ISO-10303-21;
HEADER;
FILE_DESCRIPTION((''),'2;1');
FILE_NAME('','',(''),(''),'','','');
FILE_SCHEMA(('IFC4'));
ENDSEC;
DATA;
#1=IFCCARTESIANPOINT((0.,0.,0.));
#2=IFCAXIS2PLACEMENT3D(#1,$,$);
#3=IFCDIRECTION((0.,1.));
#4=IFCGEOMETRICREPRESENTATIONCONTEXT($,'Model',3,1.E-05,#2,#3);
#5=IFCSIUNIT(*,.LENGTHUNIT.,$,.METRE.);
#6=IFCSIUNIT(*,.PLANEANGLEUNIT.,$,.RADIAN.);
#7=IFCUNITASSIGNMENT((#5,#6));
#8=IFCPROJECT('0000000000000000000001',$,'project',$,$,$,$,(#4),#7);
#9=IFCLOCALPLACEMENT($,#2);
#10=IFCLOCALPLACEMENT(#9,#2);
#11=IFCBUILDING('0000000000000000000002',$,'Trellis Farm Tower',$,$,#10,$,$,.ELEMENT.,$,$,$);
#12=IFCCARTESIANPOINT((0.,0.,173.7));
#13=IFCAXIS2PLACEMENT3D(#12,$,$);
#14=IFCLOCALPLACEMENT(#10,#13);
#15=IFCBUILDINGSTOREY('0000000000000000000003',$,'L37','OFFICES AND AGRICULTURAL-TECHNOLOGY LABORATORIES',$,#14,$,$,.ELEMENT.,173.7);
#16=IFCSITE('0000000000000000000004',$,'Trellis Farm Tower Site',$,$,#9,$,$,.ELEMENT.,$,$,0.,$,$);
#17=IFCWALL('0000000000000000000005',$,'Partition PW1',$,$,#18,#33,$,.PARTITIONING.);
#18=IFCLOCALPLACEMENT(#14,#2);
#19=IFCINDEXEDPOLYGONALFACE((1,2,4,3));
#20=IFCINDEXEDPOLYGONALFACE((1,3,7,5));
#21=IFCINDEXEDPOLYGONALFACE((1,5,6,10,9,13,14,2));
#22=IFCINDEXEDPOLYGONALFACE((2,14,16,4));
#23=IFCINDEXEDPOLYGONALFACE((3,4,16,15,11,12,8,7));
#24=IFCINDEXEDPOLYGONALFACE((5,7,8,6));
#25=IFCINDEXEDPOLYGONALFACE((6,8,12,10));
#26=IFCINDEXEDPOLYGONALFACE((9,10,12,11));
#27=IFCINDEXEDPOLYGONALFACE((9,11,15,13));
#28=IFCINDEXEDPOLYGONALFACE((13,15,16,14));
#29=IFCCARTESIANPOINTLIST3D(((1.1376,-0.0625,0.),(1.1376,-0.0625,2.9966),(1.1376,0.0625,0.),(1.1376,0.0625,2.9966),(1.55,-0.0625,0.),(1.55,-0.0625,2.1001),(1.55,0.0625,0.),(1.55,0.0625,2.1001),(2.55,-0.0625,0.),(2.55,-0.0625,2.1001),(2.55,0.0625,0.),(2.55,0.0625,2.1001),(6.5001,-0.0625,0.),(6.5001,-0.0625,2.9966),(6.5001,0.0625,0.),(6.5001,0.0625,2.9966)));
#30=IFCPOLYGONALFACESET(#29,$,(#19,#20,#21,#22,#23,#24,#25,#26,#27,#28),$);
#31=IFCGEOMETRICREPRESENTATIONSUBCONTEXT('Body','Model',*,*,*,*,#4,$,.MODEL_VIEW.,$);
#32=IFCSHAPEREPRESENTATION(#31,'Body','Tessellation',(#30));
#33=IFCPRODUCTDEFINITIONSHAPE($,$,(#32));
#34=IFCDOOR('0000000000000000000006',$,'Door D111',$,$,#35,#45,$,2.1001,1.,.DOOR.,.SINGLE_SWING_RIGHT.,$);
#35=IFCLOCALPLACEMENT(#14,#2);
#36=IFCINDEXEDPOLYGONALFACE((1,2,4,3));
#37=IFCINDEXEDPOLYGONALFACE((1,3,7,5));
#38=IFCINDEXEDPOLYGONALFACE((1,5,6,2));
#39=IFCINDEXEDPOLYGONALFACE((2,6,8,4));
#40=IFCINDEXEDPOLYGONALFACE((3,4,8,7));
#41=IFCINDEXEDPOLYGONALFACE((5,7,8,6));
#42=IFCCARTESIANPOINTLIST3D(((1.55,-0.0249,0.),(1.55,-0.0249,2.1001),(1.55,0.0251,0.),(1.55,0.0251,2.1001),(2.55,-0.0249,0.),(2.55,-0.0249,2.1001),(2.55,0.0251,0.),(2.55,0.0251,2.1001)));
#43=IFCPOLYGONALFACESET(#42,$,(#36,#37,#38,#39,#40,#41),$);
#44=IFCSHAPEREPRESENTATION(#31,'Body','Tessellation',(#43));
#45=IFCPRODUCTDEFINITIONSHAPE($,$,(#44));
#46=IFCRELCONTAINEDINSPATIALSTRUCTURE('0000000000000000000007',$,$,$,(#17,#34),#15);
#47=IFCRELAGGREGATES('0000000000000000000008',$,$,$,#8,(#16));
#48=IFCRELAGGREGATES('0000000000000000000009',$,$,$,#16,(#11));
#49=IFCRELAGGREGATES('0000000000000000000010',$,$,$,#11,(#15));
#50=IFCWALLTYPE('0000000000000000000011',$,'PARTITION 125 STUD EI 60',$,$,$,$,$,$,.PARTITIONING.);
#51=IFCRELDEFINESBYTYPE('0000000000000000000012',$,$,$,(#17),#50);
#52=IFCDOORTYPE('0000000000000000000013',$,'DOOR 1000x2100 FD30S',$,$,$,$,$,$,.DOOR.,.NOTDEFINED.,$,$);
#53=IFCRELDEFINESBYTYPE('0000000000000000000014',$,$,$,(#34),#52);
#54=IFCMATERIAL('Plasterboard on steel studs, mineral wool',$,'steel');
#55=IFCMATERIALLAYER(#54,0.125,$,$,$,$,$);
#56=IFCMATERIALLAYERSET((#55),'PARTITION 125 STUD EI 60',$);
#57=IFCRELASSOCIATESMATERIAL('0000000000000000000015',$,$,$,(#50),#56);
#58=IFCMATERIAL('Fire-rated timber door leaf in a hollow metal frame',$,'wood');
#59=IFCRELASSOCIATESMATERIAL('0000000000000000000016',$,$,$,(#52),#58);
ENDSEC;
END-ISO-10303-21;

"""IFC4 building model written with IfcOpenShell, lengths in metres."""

from ifc_helpers import new_model, si_unit, direction, frame, frame_2d, origin, place, context, subcontext, project, spatial, rectangle, extrude, source, transform, mapped, material, layer, layer_set, type_object, element, fill, save


model = new_model("IFC4")

# Units and contexts
model_context = context("Model", 3, precision=1e-05, world=origin(), true_north=direction((0.0, 1.0)))
body_context = subcontext(model_context, "Body", "Model", "MODEL_VIEW")
ifc_project = project(units=[si_unit("LENGTHUNIT", "METRE"), si_unit("PLANEANGLEUNIT", "RADIAN")], contexts=[model_context])

# Site, building, storey
site_placement = place(None, origin())
site = spatial("IfcSite", under=ifc_project, at=site_placement, Name="Trellis Farm Tower Site", CompositionType="ELEMENT", RefElevation=0.0)
building_placement = place(site_placement, origin())
building = spatial("IfcBuilding", under=site, at=building_placement, Name="Trellis Farm Tower", CompositionType="ELEMENT")
storey_placement = place(building_placement, frame((0.0, 0.0, 173.7)))
storey = spatial("IfcBuildingStorey", under=building, at=storey_placement, Name="L37", Description="OFFICES AND AGRICULTURAL-TECHNOLOGY LABORATORIES", CompositionType="ELEMENT", Elevation=173.7)

# Wall, opening, door
ifc_material_1 = material(Name="Plasterboard on steel studs, mineral wool", Category="steel")
ifc_layer_1 = layer(ifc_material_1, 0.125)
ifc_layer_set_1 = layer_set([ifc_layer_1], Name="PARTITION 125 STUD EI 60")
wall_type_1 = type_object("IfcWallType", Name="PARTITION 125 STUD EI 60", PredefinedType="PARTITIONING", material=ifc_layer_set_1)
shared_shape_1 = source(origin(), body_context, "Body", "SweptSolid", [
    extrude(rectangle(XDim=5.3625, YDim=0.125, at=frame_2d((2.6812, 0.0))), origin(), (0.0, 0.0, 1.0), 2.9966),
])
wall_1_placement = place(storey_placement, frame((6.5, 0.0, 0.0), z_axis=(0.0, 0.0, 1.0), x_axis=(-1.0, 0.0, 0.0)))
wall_1 = element("IfcWall", 1, at=wall_1_placement, inside=storey, type_object=wall_type_1, Name="Partition PW1", PredefinedType="PARTITIONING", context=body_context, shape_type="MappedRepresentation", body=[
    mapped(shared_shape_1, transform((0.0, 0.0, 0.0))),
])
shared_shape_2 = source(origin(), body_context, "Body", "SweptSolid", [
    extrude(rectangle(XDim=1.0, YDim=2.1001, at=frame_2d((0.5, 1.05))), frame((0.0, 0.0725, 0.0), z_axis=(0.0, -1.0, 0.0), x_axis=(1.0, 0.0, 0.0)), (0.0, 0.0, 1.0), 0.145),
])
opening_1_placement = place(wall_1_placement, frame((3.95, 0.0, 0.0)))
opening_1 = element("IfcOpeningElement", 2, at=opening_1_placement, cuts=wall_1, PredefinedType="OPENING", context=body_context, shape_type="MappedRepresentation", body=[
    mapped(shared_shape_2, transform((0.0, 0.0, 0.0))),
])
ifc_material_2 = material(Name="Fire-rated timber door leaf in a hollow metal frame", Category="wood")
door_type_1 = type_object("IfcDoorType", Name="DOOR 1000x2100 FD30S", OperationType="NOTDEFINED", PredefinedType="DOOR", material=ifc_material_2)
shared_shape_3 = source(origin(), body_context, "Body", "SweptSolid", [
    extrude(rectangle(XDim=1.0, YDim=2.1001, at=frame_2d((0.5, 1.05))), frame((0.0, 0.0249, 0.0), z_axis=(0.0, -1.0, 0.0), x_axis=(1.0, 0.0, 0.0)), (0.0, 0.0, 1.0), 0.05),
])
door_1_placement = place(opening_1_placement, origin())
door_1 = element("IfcDoor", 3, at=door_1_placement, inside=storey, type_object=door_type_1, Name="Door D111", OperationType="SINGLE_SWING_RIGHT", OverallHeight=2.1001, OverallWidth=1.0, PredefinedType="DOOR", context=body_context, shape_type="MappedRepresentation", body=[
    mapped(shared_shape_3, transform((0.0, 0.0, 0.0))),
])
fill(opening_1, door_1)

save(model, "model.ifc")
